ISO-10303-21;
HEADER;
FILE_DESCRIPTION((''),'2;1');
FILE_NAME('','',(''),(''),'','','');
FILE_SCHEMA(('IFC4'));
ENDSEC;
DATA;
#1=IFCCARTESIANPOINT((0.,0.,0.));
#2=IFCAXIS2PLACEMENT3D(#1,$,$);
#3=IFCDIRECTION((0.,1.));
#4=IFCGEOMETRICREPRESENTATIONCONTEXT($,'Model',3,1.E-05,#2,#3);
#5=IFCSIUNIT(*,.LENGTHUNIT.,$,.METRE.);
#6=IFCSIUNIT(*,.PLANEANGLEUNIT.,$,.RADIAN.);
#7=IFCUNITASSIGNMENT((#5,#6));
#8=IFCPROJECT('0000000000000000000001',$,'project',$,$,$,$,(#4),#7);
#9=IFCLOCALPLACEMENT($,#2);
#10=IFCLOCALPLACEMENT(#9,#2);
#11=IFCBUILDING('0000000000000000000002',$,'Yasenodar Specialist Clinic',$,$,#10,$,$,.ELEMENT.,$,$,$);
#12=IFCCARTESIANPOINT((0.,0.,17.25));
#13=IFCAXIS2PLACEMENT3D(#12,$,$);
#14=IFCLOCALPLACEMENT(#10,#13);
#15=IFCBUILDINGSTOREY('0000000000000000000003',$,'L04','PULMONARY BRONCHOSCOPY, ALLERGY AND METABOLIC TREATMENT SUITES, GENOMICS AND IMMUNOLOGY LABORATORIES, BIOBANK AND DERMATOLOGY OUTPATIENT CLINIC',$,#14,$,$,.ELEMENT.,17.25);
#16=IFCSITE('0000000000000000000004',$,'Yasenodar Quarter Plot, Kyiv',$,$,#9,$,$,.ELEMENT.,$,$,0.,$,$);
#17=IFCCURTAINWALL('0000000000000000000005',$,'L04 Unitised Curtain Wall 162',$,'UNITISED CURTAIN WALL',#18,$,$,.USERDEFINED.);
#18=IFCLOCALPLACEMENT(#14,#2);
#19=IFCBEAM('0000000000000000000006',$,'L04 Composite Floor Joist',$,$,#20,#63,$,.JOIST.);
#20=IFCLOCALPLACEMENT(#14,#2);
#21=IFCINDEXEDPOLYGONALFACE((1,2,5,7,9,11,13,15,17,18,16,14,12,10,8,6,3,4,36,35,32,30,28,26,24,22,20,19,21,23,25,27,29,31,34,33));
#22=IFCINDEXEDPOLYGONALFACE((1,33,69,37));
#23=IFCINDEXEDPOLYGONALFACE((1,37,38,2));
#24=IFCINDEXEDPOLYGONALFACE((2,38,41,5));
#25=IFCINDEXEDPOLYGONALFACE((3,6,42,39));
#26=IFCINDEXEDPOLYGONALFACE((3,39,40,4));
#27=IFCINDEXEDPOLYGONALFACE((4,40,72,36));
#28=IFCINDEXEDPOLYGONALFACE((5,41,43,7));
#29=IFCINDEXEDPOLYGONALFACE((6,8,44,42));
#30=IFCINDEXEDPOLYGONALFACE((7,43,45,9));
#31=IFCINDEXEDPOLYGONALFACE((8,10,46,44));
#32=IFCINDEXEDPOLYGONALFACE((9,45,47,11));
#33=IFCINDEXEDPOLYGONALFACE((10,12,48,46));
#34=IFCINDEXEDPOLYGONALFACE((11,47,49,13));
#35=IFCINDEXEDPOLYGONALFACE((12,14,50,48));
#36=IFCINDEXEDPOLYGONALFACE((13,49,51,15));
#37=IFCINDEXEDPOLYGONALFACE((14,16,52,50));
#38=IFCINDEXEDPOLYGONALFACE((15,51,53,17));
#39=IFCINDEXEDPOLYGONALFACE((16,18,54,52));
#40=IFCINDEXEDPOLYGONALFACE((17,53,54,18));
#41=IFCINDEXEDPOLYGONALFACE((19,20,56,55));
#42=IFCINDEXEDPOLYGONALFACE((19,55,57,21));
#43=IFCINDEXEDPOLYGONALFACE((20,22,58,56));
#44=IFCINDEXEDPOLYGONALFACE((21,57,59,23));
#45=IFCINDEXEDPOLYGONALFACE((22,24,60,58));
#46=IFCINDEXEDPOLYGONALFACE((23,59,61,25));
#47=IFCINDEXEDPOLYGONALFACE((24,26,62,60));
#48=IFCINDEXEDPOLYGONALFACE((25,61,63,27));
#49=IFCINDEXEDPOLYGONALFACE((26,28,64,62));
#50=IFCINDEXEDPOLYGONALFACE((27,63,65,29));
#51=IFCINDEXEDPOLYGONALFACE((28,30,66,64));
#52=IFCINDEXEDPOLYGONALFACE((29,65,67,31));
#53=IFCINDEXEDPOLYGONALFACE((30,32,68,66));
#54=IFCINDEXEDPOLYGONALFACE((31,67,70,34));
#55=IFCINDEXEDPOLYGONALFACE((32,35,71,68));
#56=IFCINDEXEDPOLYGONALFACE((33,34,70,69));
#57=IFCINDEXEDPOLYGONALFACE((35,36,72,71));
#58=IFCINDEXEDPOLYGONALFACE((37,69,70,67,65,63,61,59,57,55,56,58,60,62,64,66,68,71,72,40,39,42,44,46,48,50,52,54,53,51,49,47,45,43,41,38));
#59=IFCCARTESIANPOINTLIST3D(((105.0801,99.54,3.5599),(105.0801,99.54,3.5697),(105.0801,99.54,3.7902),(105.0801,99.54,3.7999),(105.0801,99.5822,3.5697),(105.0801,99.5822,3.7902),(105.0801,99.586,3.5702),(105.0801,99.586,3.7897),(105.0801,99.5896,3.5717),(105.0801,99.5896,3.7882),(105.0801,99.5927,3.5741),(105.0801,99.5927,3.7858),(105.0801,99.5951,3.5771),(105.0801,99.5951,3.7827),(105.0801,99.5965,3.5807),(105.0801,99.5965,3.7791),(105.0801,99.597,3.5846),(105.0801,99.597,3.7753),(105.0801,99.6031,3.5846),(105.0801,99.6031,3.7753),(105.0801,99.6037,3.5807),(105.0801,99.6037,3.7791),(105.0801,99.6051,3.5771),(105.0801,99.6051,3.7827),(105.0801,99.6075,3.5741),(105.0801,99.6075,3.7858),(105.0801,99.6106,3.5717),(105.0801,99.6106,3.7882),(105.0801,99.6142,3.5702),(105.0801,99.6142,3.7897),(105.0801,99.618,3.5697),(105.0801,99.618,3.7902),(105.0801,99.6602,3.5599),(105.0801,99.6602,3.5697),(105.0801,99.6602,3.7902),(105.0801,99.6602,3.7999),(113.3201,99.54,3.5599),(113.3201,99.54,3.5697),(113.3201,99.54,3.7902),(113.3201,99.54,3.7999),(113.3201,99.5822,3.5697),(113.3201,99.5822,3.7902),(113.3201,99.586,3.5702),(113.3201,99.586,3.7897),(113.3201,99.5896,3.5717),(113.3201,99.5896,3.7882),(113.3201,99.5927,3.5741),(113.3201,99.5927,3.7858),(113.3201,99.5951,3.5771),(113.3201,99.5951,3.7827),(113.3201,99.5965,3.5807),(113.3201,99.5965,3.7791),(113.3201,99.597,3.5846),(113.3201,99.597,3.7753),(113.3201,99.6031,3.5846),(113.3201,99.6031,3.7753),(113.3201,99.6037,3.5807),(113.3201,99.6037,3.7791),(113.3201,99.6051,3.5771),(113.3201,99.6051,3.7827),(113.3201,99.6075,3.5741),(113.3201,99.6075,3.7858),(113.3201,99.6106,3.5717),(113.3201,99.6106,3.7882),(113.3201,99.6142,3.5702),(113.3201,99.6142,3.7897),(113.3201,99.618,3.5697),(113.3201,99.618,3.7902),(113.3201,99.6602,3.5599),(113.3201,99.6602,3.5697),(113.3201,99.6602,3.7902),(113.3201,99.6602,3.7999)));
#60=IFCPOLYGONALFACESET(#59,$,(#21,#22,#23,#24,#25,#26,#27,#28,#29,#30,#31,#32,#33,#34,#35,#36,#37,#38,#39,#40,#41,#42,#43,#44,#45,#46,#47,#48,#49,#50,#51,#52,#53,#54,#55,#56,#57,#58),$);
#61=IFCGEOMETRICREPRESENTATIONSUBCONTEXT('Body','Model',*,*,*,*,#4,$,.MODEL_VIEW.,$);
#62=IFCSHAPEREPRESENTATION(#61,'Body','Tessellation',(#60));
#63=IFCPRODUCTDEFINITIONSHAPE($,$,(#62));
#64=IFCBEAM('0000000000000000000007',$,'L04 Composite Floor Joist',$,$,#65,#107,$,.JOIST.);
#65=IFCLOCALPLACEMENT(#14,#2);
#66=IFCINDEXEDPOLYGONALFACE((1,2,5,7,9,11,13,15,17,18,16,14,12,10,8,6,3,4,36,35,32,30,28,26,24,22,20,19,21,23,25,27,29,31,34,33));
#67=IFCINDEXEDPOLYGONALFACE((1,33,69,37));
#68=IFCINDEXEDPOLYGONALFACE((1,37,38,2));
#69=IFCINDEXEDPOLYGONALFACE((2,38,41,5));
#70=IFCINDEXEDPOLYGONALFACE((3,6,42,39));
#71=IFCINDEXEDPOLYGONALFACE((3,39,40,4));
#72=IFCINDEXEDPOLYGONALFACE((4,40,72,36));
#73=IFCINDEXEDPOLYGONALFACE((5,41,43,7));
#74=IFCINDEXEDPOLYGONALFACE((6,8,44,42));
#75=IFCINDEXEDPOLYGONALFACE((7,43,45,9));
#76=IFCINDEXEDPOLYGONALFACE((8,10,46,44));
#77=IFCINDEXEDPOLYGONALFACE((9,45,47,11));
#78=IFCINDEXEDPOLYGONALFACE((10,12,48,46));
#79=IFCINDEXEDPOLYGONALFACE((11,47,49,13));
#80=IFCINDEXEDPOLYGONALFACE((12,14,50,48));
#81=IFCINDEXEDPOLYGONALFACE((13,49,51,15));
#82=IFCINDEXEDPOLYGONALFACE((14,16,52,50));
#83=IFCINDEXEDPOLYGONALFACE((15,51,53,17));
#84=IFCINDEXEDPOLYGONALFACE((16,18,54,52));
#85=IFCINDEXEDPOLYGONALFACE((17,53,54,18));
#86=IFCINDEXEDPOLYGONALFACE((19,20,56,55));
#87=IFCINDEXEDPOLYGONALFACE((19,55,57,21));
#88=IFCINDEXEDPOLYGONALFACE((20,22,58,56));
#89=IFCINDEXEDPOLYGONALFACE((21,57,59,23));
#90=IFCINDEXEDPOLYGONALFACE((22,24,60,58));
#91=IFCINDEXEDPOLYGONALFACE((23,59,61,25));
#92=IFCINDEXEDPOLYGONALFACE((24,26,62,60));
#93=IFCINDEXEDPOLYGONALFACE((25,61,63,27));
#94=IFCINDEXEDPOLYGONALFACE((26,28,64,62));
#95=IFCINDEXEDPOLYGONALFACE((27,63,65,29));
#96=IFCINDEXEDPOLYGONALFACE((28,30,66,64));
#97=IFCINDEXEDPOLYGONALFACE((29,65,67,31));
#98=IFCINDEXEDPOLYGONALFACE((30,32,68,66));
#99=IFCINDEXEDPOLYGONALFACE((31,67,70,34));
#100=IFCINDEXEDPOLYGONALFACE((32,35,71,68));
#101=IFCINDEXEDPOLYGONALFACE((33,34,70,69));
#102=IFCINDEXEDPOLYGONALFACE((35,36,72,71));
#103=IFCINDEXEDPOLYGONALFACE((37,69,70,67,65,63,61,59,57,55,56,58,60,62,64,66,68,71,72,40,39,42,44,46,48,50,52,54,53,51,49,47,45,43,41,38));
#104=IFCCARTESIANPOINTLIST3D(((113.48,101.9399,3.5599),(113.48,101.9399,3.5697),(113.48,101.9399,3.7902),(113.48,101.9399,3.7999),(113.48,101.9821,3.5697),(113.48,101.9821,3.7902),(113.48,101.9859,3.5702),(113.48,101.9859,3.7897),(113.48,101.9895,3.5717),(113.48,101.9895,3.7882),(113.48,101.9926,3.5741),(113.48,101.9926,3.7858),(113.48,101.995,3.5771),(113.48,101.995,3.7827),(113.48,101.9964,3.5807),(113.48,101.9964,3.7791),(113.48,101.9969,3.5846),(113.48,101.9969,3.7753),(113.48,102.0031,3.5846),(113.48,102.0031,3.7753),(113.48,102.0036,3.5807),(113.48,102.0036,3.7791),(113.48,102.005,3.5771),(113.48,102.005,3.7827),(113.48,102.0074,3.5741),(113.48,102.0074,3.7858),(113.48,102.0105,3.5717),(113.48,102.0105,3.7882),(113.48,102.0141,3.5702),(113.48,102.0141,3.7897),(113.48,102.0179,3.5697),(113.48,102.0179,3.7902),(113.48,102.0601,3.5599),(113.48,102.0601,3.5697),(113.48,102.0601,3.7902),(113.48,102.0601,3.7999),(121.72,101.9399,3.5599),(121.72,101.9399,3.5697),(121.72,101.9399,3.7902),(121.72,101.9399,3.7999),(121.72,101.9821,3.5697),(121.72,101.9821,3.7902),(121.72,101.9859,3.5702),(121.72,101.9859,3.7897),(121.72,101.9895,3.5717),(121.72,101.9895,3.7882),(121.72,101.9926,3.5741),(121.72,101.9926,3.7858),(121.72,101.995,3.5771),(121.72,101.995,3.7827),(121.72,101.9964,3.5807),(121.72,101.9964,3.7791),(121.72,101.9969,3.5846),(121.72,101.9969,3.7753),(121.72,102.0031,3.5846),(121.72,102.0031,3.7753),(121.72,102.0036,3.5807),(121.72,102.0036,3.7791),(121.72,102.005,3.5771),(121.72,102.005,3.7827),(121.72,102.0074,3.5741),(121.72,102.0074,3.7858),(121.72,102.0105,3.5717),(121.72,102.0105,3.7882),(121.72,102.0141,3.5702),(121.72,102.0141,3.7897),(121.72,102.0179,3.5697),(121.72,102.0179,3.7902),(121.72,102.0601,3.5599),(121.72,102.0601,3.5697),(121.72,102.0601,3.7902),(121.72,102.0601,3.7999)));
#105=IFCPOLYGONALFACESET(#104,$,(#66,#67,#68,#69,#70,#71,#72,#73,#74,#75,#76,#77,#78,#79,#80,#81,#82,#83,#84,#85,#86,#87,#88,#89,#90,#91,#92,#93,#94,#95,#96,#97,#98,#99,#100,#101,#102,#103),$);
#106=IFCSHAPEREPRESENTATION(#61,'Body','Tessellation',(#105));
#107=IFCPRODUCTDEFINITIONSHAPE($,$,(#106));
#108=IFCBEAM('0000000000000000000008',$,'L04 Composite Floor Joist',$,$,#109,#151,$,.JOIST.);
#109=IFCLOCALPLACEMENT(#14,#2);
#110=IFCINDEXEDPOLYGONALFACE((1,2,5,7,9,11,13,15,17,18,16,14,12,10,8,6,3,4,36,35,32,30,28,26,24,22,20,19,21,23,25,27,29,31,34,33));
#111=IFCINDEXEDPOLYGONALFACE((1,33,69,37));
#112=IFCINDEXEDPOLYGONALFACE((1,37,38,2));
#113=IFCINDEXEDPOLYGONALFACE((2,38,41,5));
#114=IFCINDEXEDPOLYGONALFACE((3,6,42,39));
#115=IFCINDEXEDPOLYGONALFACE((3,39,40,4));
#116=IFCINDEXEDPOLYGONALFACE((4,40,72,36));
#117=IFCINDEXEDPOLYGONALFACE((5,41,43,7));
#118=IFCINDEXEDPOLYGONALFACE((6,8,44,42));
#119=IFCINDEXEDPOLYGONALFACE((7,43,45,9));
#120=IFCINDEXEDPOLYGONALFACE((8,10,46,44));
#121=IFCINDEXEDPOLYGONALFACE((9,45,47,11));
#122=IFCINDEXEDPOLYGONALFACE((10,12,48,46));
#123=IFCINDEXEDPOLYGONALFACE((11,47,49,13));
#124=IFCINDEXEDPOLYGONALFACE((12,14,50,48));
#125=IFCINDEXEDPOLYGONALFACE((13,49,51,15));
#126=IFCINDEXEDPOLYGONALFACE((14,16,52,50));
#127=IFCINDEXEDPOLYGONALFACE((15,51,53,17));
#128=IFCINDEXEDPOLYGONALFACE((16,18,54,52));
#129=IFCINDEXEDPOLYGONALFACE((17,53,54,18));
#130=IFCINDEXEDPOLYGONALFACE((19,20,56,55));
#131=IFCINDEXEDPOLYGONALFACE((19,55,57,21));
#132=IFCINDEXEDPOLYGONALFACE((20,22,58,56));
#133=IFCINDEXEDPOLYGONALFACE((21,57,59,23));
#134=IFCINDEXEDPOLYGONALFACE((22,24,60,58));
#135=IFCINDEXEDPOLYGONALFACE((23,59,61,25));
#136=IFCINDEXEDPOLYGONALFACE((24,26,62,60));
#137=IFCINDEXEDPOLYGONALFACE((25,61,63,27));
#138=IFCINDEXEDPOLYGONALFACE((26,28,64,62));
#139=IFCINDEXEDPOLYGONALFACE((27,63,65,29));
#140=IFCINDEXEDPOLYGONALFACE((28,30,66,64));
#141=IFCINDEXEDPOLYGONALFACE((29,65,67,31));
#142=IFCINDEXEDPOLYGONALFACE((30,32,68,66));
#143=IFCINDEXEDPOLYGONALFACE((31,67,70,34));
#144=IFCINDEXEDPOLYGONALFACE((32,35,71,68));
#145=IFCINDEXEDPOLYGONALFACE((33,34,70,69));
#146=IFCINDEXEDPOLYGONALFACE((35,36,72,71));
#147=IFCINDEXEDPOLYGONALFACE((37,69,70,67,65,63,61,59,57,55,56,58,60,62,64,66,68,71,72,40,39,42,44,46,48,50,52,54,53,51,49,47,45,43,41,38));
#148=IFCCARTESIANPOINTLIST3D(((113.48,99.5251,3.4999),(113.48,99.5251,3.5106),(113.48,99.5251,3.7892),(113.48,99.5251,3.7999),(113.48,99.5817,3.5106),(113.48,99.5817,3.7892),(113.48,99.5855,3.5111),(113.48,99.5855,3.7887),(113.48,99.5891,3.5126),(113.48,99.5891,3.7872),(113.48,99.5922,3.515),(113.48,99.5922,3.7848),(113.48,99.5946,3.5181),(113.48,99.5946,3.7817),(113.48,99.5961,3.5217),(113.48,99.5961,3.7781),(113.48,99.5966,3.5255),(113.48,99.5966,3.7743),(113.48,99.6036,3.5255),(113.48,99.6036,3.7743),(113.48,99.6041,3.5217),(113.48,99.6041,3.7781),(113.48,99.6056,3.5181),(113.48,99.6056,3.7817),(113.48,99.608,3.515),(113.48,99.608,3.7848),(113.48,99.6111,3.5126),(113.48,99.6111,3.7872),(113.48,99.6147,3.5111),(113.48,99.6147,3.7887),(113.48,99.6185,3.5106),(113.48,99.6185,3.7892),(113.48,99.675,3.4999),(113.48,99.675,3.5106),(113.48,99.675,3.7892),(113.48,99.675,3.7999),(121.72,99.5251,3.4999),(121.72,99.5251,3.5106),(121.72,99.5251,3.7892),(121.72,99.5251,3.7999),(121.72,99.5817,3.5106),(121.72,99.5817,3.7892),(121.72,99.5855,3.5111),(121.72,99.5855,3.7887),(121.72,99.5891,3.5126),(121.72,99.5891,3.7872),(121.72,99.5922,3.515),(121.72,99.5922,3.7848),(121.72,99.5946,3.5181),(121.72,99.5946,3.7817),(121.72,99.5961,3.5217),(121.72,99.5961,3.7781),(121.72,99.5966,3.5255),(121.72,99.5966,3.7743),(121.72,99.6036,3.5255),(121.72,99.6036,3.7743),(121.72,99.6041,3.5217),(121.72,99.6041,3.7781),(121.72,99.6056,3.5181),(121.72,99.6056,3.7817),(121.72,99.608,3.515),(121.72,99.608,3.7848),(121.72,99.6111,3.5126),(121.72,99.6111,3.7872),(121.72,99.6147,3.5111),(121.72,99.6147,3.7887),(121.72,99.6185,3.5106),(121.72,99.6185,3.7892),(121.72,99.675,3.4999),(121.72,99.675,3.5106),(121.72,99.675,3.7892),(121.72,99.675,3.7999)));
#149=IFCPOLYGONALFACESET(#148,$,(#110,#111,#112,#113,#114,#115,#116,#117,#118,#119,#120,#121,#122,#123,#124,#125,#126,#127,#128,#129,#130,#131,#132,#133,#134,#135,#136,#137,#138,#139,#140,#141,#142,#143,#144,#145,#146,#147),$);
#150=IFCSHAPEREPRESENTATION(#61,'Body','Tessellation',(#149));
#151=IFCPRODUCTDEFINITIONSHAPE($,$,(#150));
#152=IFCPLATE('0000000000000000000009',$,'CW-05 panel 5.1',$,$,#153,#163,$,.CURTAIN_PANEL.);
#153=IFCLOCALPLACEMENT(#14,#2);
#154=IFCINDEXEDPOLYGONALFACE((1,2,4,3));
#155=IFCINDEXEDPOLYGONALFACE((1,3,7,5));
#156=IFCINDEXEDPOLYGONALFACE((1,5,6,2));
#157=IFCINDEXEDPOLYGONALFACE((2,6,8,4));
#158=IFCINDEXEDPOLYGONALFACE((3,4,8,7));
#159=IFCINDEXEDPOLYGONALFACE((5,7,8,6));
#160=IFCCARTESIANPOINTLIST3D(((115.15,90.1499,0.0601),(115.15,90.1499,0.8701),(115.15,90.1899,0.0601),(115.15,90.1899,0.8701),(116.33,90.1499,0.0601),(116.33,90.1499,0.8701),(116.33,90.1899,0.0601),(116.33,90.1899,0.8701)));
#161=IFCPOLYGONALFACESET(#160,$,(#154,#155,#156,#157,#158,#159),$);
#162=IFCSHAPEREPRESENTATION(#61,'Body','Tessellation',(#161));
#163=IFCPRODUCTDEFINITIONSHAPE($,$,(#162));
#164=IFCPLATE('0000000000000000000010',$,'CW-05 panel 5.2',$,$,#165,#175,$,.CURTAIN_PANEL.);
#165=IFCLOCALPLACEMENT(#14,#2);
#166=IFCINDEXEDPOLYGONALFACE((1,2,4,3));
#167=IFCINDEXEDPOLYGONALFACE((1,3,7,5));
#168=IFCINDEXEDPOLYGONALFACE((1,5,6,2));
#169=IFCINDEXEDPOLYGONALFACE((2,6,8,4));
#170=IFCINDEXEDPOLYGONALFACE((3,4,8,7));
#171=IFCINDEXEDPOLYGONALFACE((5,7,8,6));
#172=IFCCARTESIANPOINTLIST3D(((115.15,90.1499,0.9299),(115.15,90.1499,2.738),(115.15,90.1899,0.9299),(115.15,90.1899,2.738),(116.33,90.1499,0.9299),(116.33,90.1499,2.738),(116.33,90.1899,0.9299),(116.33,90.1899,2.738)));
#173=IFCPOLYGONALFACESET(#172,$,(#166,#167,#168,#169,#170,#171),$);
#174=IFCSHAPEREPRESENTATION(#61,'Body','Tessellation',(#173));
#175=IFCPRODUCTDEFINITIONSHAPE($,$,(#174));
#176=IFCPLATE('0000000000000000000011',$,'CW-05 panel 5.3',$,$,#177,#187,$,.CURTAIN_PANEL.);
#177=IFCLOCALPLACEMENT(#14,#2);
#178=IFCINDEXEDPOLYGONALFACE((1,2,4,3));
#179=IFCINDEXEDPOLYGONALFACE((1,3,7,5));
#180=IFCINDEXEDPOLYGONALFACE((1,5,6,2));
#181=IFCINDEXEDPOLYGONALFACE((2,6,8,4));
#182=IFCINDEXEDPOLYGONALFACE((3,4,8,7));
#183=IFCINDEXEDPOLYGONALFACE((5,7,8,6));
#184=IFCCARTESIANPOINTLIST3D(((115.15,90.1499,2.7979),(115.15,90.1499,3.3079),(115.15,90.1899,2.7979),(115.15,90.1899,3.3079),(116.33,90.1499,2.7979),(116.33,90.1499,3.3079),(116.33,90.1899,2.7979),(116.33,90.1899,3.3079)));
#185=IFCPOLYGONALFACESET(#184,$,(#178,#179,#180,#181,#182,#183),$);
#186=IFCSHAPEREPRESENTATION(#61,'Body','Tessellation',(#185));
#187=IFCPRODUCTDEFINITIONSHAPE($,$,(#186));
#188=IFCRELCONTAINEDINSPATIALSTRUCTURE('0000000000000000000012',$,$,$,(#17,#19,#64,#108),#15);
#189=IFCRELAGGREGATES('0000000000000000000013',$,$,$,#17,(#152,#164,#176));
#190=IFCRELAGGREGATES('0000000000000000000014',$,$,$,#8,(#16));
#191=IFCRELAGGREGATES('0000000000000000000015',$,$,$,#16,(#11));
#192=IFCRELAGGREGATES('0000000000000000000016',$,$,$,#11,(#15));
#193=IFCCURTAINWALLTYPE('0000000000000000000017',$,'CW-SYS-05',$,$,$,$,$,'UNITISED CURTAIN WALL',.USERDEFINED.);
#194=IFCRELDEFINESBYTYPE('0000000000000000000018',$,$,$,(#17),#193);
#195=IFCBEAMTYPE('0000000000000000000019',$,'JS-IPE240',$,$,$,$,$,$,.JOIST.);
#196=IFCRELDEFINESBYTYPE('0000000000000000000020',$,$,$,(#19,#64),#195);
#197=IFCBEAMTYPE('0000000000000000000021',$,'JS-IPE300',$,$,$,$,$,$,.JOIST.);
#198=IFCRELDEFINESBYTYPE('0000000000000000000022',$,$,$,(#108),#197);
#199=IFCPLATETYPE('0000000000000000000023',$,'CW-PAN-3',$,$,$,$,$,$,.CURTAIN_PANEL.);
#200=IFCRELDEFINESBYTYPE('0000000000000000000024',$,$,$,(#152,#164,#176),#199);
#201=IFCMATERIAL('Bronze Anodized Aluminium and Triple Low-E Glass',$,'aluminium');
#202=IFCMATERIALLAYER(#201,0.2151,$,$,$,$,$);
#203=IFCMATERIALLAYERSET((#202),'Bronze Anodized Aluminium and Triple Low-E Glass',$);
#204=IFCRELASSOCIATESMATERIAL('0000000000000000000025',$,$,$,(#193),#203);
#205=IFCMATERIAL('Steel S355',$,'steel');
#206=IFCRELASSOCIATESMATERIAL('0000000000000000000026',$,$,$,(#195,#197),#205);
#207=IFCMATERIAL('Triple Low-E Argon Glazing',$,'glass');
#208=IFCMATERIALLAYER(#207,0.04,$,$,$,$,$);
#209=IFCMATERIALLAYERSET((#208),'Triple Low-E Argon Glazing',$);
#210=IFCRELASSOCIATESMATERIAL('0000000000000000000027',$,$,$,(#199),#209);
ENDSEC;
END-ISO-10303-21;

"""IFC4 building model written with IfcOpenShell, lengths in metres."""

from ifc_helpers import new_model, si_unit, direction, frame, origin, origin_2d, place, context, subcontext, project, spatial, rectangle, i_section, extrude, material, layer, layer_set, material_profile, profile_set, type_object, element, aggregate, save


model = new_model("IFC4")

# Units and contexts
model_context = context("Model", 3, precision=1e-05, world=origin(), true_north=direction((0.0, 1.0)))
body_context = subcontext(model_context, "Body", "Model", "MODEL_VIEW")
ifc_project = project(units=[si_unit("LENGTHUNIT", "METRE"), si_unit("PLANEANGLEUNIT", "RADIAN")], contexts=[model_context])

# Site, building, storey
site_placement = place(None, origin())
site = spatial("IfcSite", under=ifc_project, at=site_placement, Name="Yasenodar Quarter Plot, Kyiv", CompositionType="ELEMENT", RefElevation=0.0)
building_placement = place(site_placement, origin())
building = spatial("IfcBuilding", under=site, at=building_placement, Name="Yasenodar Specialist Clinic", CompositionType="ELEMENT")
storey_placement = place(building_placement, frame((0.0, 0.0, 17.25)))
storey = spatial("IfcBuildingStorey", under=building, at=storey_placement, Name="L04", Description="PULMONARY BRONCHOSCOPY, ALLERGY AND METABOLIC TREATMENT SUITES, GENOMICS AND IMMUNOLOGY LABORATORIES, BIOBANK AND DERMATOLOGY OUTPATIENT CLINIC", CompositionType="ELEMENT", Elevation=17.25)

# Shared definitions
ifc_material_1 = material(Name="Steel S355", Category="steel")

# Curtain wall
ifc_material_2 = material(Name="Bronze Anodized Aluminium and Triple Low-E Glass", Category="aluminium")
ifc_layer_1 = layer(ifc_material_2, 0.2151)
ifc_layer_set_1 = layer_set([ifc_layer_1], Name="Bronze Anodized Aluminium and Triple Low-E Glass")
curtain_wall_type = type_object("IfcCurtainWallType", Name="CW-SYS-05", ElementType="UNITISED CURTAIN WALL", PredefinedType="USERDEFINED", material=ifc_layer_set_1)
curtain_wall_placement = place(storey_placement, origin())
curtain_wall = element("IfcCurtainWall", 1, at=curtain_wall_placement, inside=storey, type_object=curtain_wall_type, Name="L04 Unitised Curtain Wall 162", ObjectType="UNITISED CURTAIN WALL", PredefinedType="USERDEFINED")

# Beams
ifc_material_profile_1 = material_profile(ifc_material_1, i_section(OverallWidth=0.1201, OverallDepth=0.24, WebThickness=0.0061, FlangeThickness=0.0098, FilletRadius=0.0149, at=origin_2d()), Name="IPE 240")
ifc_profile_set_1 = profile_set([ifc_material_profile_1], Name="Steel S355")
beam_type_1 = type_object("IfcBeamType", Name="JS-IPE240", PredefinedType="JOIST", material=ifc_profile_set_1)
for number, where, z_axis, x_axis, name in (
    (2, (105.0801, 99.6001, 3.6799), (1.0, 0.0, 0.0), (0.0, 1.0, 0.0), "L04 Composite Floor Joist"),
    (3, (113.48, 102.0, 3.6799), (1.0, 0.0, 0.0), (0.0, 1.0, 0.0), "L04 Composite Floor Joist"),
):
    element("IfcBeam", number, at=place(storey_placement, frame(where, z_axis=z_axis, x_axis=x_axis)), inside=storey, type_object=beam_type_1, Name=name, PredefinedType="JOIST", context=body_context, shape_type="SweptSolid", body=[
        extrude(i_section(OverallWidth=0.1201, OverallDepth=0.24, WebThickness=0.0061, FlangeThickness=0.0098, FilletRadius=0.0149, at=origin_2d()), origin(), (0.0, 0.0, 1.0), 8.24),
    ])
ifc_material_profile_2 = material_profile(ifc_material_1, i_section(OverallWidth=0.1499, OverallDepth=0.3, WebThickness=0.0071, FlangeThickness=0.0107, FilletRadius=0.0149, at=origin_2d()), Name="IPE 300")
ifc_profile_set_2 = profile_set([ifc_material_profile_2], Name="Steel S355")
beam_type_2 = type_object("IfcBeamType", Name="JS-IPE300", PredefinedType="JOIST", material=ifc_profile_set_2)
beam_1_placement = place(storey_placement, frame((113.48, 99.6001, 3.6499), z_axis=(1.0, 0.0, 0.0), x_axis=(0.0, 1.0, 0.0)))
element("IfcBeam", 4, at=beam_1_placement, inside=storey, type_object=beam_type_2, Name="L04 Composite Floor Joist", PredefinedType="JOIST", context=body_context, shape_type="SweptSolid", body=[
    extrude(i_section(OverallWidth=0.1499, OverallDepth=0.3, WebThickness=0.0071, FlangeThickness=0.0107, FilletRadius=0.0149, at=origin_2d()), origin(), (0.0, 0.0, 1.0), 8.24),
])

# Plates
ifc_material_3 = material(Name="Triple Low-E Argon Glazing", Category="glass")
ifc_layer_2 = layer(ifc_material_3, 0.04)
ifc_layer_set_2 = layer_set([ifc_layer_2], Name="Triple Low-E Argon Glazing")
plate_type = type_object("IfcPlateType", Name="CW-PAN-3", PredefinedType="CURTAIN_PANEL", material=ifc_layer_set_2)
plate_1_placement = place(storey_placement, frame((115.74, 90.1699, 0.0601), z_axis=(0.0, 0.0, 1.0), x_axis=(-1.0, 0.0, 0.0)))
plate_1 = element("IfcPlate", 5, at=plate_1_placement, type_object=plate_type, Name="CW-05 panel 5.1", PredefinedType="CURTAIN_PANEL", context=body_context, shape_type="SweptSolid", body=[
    extrude(rectangle(XDim=1.1799, YDim=0.04, at=origin_2d()), origin(), (0.0, 0.0, 1.0), 0.8101),
])
plate_2_placement = place(storey_placement, frame((115.74, 90.1699, 0.9299), z_axis=(0.0, 0.0, 1.0), x_axis=(-1.0, 0.0, 0.0)))
plate_2 = element("IfcPlate", 6, at=plate_2_placement, type_object=plate_type, Name="CW-05 panel 5.2", PredefinedType="CURTAIN_PANEL", context=body_context, shape_type="SweptSolid", body=[
    extrude(rectangle(XDim=1.1799, YDim=0.04, at=origin_2d()), origin(), (0.0, 0.0, 1.0), 1.8081),
])
plate_3_placement = place(storey_placement, frame((115.74, 90.1699, 2.7979), z_axis=(0.0, 0.0, 1.0), x_axis=(-1.0, 0.0, 0.0)))
plate_3 = element("IfcPlate", 7, at=plate_3_placement, type_object=plate_type, Name="CW-05 panel 5.3", PredefinedType="CURTAIN_PANEL", context=body_context, shape_type="SweptSolid", body=[
    extrude(rectangle(XDim=1.1799, YDim=0.04, at=origin_2d()), origin(), (0.0, 0.0, 1.0), 0.51),
])
aggregate(curtain_wall, [plate_1, plate_2, plate_3])

save(model, "model.ifc")
